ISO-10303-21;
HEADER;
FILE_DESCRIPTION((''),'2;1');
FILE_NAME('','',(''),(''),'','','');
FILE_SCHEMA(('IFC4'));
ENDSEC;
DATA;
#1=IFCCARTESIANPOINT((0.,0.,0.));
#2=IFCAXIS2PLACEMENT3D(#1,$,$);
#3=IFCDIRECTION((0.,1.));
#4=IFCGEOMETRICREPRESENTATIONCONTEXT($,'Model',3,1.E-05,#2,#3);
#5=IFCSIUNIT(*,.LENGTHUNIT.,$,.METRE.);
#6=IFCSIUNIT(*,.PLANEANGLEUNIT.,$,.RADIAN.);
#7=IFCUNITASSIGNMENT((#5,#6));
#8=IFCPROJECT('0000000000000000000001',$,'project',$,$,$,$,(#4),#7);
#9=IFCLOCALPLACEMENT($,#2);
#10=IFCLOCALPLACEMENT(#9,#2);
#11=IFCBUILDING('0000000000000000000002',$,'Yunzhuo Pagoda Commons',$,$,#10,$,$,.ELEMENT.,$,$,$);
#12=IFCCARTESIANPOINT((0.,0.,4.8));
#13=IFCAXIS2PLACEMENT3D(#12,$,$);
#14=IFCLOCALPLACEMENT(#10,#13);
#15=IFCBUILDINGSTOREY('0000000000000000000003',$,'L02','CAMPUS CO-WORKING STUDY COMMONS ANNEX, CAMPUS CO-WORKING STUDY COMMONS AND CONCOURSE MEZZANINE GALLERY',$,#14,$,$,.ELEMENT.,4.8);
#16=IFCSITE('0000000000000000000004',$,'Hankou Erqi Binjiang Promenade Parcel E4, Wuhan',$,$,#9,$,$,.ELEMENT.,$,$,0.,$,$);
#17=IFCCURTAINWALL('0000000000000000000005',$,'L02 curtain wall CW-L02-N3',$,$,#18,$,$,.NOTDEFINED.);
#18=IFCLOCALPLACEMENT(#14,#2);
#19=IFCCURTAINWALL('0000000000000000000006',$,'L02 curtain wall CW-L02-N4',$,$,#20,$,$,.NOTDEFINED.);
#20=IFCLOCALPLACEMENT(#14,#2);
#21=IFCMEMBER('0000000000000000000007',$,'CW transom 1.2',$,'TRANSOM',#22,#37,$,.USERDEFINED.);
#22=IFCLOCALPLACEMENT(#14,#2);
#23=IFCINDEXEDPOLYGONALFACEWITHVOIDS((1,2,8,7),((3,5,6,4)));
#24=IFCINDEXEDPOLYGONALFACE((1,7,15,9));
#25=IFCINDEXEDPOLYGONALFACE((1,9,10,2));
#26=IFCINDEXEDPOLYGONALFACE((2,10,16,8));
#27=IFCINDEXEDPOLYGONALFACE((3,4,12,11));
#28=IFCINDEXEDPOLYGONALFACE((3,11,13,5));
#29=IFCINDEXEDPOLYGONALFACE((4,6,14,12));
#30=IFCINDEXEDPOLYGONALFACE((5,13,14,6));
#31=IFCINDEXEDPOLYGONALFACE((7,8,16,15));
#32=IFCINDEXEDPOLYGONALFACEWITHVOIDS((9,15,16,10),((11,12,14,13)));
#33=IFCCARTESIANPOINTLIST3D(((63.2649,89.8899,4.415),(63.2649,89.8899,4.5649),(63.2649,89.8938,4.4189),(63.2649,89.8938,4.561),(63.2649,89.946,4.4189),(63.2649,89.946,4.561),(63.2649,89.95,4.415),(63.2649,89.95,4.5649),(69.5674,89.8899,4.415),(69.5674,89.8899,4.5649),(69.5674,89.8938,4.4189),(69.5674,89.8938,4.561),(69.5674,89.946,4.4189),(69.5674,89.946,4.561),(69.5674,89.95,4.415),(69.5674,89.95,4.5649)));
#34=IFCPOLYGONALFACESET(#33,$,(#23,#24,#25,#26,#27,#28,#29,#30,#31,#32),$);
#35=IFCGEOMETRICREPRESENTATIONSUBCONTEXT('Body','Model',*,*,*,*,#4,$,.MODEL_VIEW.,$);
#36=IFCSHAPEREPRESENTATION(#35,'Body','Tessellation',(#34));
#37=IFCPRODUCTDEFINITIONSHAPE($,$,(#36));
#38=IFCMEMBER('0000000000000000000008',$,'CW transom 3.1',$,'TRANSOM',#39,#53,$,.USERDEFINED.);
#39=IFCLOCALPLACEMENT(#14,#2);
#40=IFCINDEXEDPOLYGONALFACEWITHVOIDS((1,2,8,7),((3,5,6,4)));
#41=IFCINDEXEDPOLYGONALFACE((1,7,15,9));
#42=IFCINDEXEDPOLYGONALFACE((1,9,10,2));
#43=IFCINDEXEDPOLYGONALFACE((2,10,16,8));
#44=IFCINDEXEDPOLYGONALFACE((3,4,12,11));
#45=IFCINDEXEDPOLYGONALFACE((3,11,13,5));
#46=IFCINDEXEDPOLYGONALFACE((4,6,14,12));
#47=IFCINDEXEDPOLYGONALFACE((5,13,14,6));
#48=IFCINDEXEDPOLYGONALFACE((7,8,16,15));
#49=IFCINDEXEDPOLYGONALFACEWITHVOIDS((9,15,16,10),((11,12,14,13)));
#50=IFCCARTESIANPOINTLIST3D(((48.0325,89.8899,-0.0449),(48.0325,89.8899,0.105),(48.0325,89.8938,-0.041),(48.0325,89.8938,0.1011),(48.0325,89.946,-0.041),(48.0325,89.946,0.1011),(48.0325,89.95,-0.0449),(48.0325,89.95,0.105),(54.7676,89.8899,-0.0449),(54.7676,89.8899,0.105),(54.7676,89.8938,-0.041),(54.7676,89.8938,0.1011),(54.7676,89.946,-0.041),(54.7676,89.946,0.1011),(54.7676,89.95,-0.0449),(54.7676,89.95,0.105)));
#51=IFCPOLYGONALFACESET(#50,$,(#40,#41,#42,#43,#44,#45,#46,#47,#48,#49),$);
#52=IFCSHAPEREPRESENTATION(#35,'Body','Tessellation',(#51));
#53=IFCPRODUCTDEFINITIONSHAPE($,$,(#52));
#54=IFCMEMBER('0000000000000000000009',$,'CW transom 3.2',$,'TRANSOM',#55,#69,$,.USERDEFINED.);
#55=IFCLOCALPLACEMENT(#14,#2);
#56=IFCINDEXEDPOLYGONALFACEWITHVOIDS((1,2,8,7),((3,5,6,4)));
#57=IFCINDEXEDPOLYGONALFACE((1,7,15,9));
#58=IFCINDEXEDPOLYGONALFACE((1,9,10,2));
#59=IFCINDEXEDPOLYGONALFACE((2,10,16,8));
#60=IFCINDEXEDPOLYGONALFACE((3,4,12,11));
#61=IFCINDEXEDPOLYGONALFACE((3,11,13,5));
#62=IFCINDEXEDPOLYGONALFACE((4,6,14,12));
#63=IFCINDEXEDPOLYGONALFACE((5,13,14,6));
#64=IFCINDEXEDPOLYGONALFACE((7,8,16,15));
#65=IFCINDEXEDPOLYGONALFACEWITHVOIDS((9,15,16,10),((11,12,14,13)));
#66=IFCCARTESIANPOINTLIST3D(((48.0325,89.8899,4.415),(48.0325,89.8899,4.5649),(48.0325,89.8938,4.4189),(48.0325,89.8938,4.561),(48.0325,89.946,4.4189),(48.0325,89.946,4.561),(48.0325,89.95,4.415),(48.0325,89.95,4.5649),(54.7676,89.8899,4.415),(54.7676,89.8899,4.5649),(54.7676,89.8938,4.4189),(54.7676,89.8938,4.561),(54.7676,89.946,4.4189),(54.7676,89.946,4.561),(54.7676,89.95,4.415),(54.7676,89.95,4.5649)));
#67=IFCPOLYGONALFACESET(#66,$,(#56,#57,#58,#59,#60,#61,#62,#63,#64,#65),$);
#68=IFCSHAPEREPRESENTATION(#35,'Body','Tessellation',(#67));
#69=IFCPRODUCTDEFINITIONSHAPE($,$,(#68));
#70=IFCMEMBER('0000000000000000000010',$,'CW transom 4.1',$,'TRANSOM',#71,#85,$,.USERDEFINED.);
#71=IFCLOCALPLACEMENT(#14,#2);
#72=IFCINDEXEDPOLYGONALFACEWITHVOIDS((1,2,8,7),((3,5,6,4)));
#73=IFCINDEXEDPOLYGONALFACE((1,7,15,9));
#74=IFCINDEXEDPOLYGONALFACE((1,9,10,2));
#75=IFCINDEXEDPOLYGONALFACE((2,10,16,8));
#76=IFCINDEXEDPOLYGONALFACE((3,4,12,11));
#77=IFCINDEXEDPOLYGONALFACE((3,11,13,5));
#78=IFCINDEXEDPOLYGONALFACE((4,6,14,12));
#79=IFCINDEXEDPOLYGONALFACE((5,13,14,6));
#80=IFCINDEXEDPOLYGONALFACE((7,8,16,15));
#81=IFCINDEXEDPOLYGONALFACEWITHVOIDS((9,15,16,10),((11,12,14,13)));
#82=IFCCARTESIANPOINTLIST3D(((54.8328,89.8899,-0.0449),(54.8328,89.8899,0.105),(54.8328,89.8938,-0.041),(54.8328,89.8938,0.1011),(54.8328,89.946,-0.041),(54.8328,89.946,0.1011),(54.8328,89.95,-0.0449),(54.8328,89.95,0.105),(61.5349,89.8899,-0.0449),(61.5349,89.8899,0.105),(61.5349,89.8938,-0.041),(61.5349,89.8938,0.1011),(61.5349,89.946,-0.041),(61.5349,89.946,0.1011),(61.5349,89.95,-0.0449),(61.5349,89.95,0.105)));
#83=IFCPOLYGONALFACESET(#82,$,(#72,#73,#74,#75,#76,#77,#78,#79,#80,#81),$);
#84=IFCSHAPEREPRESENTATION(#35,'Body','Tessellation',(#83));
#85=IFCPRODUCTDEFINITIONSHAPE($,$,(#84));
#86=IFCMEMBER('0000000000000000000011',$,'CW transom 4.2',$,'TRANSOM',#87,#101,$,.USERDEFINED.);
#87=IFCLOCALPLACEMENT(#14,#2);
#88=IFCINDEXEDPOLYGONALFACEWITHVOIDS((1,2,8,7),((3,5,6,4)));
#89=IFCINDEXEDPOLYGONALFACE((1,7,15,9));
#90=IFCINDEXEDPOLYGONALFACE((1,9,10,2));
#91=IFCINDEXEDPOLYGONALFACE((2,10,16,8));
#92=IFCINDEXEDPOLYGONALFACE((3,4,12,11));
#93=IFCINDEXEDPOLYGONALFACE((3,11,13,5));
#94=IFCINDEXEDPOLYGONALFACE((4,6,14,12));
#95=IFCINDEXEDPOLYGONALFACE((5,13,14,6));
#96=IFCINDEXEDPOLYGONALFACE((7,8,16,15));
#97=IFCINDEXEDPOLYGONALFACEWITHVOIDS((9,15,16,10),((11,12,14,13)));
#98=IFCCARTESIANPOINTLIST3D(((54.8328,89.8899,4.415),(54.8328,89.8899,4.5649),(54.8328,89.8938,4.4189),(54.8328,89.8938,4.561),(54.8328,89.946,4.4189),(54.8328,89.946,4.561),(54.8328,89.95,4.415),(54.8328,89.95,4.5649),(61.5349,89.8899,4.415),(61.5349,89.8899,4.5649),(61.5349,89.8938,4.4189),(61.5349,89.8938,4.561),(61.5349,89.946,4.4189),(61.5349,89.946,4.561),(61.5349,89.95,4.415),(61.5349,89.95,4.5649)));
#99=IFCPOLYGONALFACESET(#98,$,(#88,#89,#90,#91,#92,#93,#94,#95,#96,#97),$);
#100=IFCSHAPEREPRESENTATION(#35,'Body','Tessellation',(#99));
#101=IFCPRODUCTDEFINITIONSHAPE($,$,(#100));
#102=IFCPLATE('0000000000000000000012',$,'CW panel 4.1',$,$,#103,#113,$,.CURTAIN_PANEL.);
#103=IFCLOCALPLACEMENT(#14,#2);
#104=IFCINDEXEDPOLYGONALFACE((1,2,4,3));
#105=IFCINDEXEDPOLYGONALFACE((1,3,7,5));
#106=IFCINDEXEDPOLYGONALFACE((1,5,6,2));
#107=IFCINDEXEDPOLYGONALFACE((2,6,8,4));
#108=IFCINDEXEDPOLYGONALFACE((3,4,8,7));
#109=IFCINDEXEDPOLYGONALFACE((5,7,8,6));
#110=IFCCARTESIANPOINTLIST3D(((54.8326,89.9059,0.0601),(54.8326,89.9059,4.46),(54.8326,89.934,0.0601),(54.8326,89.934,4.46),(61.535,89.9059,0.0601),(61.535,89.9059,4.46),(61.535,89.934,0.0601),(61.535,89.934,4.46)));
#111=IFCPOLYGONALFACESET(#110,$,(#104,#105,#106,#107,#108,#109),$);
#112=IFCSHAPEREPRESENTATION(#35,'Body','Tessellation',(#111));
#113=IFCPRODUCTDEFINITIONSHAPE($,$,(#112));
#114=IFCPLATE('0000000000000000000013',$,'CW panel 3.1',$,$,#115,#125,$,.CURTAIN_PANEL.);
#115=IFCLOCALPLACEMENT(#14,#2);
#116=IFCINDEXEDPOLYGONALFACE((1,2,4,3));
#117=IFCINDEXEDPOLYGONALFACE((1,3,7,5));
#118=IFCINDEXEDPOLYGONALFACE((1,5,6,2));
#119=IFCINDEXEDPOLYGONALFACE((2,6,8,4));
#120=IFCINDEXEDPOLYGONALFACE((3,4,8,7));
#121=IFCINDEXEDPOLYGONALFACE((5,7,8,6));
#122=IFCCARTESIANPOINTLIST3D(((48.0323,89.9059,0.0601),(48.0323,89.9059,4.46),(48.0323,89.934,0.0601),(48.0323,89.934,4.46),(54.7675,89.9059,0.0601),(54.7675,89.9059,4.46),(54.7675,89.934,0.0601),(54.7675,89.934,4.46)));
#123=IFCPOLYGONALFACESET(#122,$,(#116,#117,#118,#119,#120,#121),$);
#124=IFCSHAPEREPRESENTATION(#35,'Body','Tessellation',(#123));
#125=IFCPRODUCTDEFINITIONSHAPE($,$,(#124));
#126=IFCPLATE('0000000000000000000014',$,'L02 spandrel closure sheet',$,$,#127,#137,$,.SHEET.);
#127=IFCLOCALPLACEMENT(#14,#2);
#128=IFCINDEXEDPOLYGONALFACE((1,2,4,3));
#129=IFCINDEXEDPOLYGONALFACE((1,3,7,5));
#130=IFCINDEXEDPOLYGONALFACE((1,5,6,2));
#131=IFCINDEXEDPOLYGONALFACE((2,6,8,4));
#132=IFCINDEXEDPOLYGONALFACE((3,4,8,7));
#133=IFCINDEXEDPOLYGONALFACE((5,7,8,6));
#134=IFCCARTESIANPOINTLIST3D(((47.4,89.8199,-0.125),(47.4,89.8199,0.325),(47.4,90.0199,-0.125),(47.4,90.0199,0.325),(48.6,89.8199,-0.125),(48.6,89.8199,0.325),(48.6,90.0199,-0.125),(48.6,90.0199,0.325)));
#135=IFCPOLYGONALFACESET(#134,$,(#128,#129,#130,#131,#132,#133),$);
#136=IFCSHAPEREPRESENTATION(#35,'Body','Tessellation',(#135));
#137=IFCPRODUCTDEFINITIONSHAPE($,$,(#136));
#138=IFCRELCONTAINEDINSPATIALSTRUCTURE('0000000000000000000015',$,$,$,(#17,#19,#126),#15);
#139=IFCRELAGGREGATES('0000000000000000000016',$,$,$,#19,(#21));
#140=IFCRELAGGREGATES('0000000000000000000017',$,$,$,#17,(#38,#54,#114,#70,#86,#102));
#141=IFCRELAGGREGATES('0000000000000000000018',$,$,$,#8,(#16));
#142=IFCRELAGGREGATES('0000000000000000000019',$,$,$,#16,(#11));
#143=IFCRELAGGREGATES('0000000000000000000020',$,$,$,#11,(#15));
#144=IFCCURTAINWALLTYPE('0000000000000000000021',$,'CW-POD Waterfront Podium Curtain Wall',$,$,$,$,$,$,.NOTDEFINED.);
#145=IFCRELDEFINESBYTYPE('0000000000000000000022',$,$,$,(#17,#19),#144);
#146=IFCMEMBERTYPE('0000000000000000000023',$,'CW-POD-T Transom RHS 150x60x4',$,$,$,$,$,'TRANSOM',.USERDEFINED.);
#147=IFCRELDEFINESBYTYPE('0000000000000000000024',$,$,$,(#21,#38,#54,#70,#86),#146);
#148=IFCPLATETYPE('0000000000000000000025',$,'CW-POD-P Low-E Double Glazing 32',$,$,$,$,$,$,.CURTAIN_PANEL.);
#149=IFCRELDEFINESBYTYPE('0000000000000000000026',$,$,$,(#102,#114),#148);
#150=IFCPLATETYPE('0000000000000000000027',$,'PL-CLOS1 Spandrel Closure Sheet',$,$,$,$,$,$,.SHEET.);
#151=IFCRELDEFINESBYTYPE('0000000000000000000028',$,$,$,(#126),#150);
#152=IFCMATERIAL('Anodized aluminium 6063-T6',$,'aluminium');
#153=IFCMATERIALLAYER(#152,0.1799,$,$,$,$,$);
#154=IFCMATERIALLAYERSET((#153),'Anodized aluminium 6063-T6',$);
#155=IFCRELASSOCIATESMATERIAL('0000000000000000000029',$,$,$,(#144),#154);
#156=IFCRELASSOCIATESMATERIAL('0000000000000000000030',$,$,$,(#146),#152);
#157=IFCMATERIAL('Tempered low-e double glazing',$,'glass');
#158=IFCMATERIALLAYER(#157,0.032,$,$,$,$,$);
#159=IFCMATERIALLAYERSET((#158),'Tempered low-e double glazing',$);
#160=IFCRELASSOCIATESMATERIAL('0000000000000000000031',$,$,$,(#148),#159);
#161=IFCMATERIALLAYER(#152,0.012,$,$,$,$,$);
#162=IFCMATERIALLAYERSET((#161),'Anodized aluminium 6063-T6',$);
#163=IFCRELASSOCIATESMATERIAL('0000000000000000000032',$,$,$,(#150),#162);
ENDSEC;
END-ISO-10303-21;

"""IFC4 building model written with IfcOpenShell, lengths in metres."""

from ifc_helpers import new_model, si_unit, direction, frame, origin, origin_2d, place, context, subcontext, project, spatial, rectangle, hollow_rectangle, extrude, source, transform, mapped, material, layer, layer_set, material_profile, profile_set, type_object, element, aggregate, save


model = new_model("IFC4")

# Units and contexts
model_context = context("Model", 3, precision=1e-05, world=origin(), true_north=direction((0.0, 1.0)))
body_context = subcontext(model_context, "Body", "Model", "MODEL_VIEW")
ifc_project = project(units=[si_unit("LENGTHUNIT", "METRE"), si_unit("PLANEANGLEUNIT", "RADIAN")], contexts=[model_context])

# Site, building, storey
site_placement = place(None, origin())
site = spatial("IfcSite", under=ifc_project, at=site_placement, Name="Hankou Erqi Binjiang Promenade Parcel E4, Wuhan", CompositionType="ELEMENT", RefElevation=0.0)
building_placement = place(site_placement, origin())
building = spatial("IfcBuilding", under=site, at=building_placement, Name="Yunzhuo Pagoda Commons", CompositionType="ELEMENT")
storey_placement = place(building_placement, frame((0.0, 0.0, 4.8)))
storey = spatial("IfcBuildingStorey", under=building, at=storey_placement, Name="L02", Description="CAMPUS CO-WORKING STUDY COMMONS ANNEX, CAMPUS CO-WORKING STUDY COMMONS AND CONCOURSE MEZZANINE GALLERY", CompositionType="ELEMENT", Elevation=4.8)

# Curtain walls, member
ifc_material_1 = material(Name="Anodized aluminium 6063-T6", Category="aluminium")
ifc_layer_1 = layer(ifc_material_1, 0.1799)
ifc_layer_set_1 = layer_set([ifc_layer_1], Name="Anodized aluminium 6063-T6")
curtain_wall_type = type_object("IfcCurtainWallType", Name="CW-POD Waterfront Podium Curtain Wall", PredefinedType="NOTDEFINED", material=ifc_layer_set_1)
curtain_wall_1_placement = place(storey_placement, origin())
curtain_wall_1 = element("IfcCurtainWall", 1, at=curtain_wall_1_placement, inside=storey, type_object=curtain_wall_type, Name="L02 curtain wall CW-L02-N3", PredefinedType="NOTDEFINED")
curtain_wall_2_placement = place(storey_placement, origin())
curtain_wall_2 = element("IfcCurtainWall", 2, at=curtain_wall_2_placement, inside=storey, type_object=curtain_wall_type, Name="L02 curtain wall CW-L02-N4", PredefinedType="NOTDEFINED")
ifc_material_profile_1 = material_profile(ifc_material_1, hollow_rectangle(XDim=0.0601, YDim=0.1499, WallThickness=0.0039, at=origin_2d()), Name="Anodized aluminium 6063-T6")
ifc_profile_set_1 = profile_set([ifc_material_profile_1], Name="Anodized aluminium 6063-T6")
member_type_1 = type_object("IfcMemberType", Name="CW-POD-T Transom RHS 150x60x4", ElementType="TRANSOM", PredefinedType="USERDEFINED", material=ifc_profile_set_1)
shared_shape_1 = source(origin(), body_context, "Body", "SweptSolid", [
    extrude(hollow_rectangle(XDim=0.0601, YDim=0.1499, WallThickness=0.0039, at=origin_2d()), origin(), (0.0, 0.0, 1.0), 6.3025),
])
member_1_placement = place(storey_placement, frame((63.2649, 89.9199, 4.49), z_axis=(1.0, 0.0, 0.0), x_axis=(0.0, 1.0, 0.0)))
member_1 = element("IfcMember", 3, at=member_1_placement, type_object=member_type_1, Name="CW transom 1.2", ObjectType="TRANSOM", PredefinedType="USERDEFINED", context=body_context, shape_type="MappedRepresentation", body=[
    mapped(shared_shape_1, transform((0.0, 0.0, 0.0), scale=1.0)),
])
aggregate(curtain_wall_2, [member_1])

# Members
shared_shape_2 = source(origin(), body_context, "Body", "SweptSolid", [
    extrude(hollow_rectangle(XDim=0.0601, YDim=0.1499, WallThickness=0.0039, at=origin_2d()), origin(), (0.0, 0.0, 1.0), 6.7351),
])
member_2_placement = place(storey_placement, frame((48.0325, 89.9199, 0.03), z_axis=(1.0, 0.0, 0.0), x_axis=(0.0, 1.0, 0.0)))
member_2 = element("IfcMember", 4, at=member_2_placement, type_object=member_type_1, Name="CW transom 3.1", ObjectType="TRANSOM", PredefinedType="USERDEFINED", context=body_context, shape_type="MappedRepresentation", body=[
    mapped(shared_shape_2, transform((0.0, 0.0, 0.0), scale=1.0)),
])
member_3_placement = place(storey_placement, frame((48.0325, 89.9199, 4.49), z_axis=(1.0, 0.0, 0.0), x_axis=(0.0, 1.0, 0.0)))
member_3 = element("IfcMember", 5, at=member_3_placement, type_object=member_type_1, Name="CW transom 3.2", ObjectType="TRANSOM", PredefinedType="USERDEFINED", context=body_context, shape_type="MappedRepresentation", body=[
    mapped(shared_shape_2, transform((0.0, 0.0, 0.0), scale=1.0)),
])
shared_shape_3 = source(origin(), body_context, "Body", "SweptSolid", [
    extrude(hollow_rectangle(XDim=0.0601, YDim=0.1499, WallThickness=0.0039, at=origin_2d()), origin(), (0.0, 0.0, 1.0), 6.7021),
])
member_4_placement = place(storey_placement, frame((54.8328, 89.9199, 0.03), z_axis=(1.0, 0.0, 0.0), x_axis=(0.0, 1.0, 0.0)))
member_4 = element("IfcMember", 6, at=member_4_placement, type_object=member_type_1, Name="CW transom 4.1", ObjectType="TRANSOM", PredefinedType="USERDEFINED", context=body_context, shape_type="MappedRepresentation", body=[
    mapped(shared_shape_3, transform((0.0, 0.0, 0.0), scale=1.0)),
])
member_5_placement = place(storey_placement, frame((54.8328, 89.9199, 4.49), z_axis=(1.0, 0.0, 0.0), x_axis=(0.0, 1.0, 0.0)))
member_5 = element("IfcMember", 7, at=member_5_placement, type_object=member_type_1, Name="CW transom 4.2", ObjectType="TRANSOM", PredefinedType="USERDEFINED", context=body_context, shape_type="MappedRepresentation", body=[
    mapped(shared_shape_3, transform((0.0, 0.0, 0.0), scale=1.0)),
])

# Plates
ifc_material_2 = material(Name="Tempered low-e double glazing", Category="glass")
ifc_layer_2 = layer(ifc_material_2, 0.032)
ifc_layer_set_2 = layer_set([ifc_layer_2], Name="Tempered low-e double glazing")
plate_type_1 = type_object("IfcPlateType", Name="CW-POD-P Low-E Double Glazing 32", PredefinedType="CURTAIN_PANEL", material=ifc_layer_set_2)
shared_shape_4 = source(origin(), body_context, "Body", "SweptSolid", [
    extrude(rectangle(XDim=6.7024, YDim=0.0281, at=origin_2d()), origin(), (0.0, 0.0, 1.0), 4.3999),
])
plate_1_placement = place(storey_placement, frame((58.1838, 89.9199, 0.0601), z_axis=(0.0, 0.0, 1.0), x_axis=(1.0, 0.0, 0.0)))
plate_1 = element("IfcPlate", 8, at=plate_1_placement, type_object=plate_type_1, Name="CW panel 4.1", PredefinedType="CURTAIN_PANEL", context=body_context, shape_type="MappedRepresentation", body=[
    mapped(shared_shape_4, transform((0.0, 0.0, 0.0), scale=1.0)),
])
shared_shape_5 = source(origin(), body_context, "Body", "SweptSolid", [
    extrude(rectangle(XDim=6.7351, YDim=0.0281, at=origin_2d()), origin(), (0.0, 0.0, 1.0), 4.3999),
])
plate_2_placement = place(storey_placement, frame((51.3999, 89.9199, 0.0601), z_axis=(0.0, 0.0, 1.0), x_axis=(1.0, 0.0, 0.0)))
plate_2 = element("IfcPlate", 9, at=plate_2_placement, type_object=plate_type_1, Name="CW panel 3.1", PredefinedType="CURTAIN_PANEL", context=body_context, shape_type="MappedRepresentation", body=[
    mapped(shared_shape_5, transform((0.0, 0.0, 0.0), scale=1.0)),
])
aggregate(curtain_wall_1, [member_2, member_3, plate_2, member_4, member_5, plate_1])
ifc_layer_3 = layer(ifc_material_1, 0.012)
ifc_layer_set_3 = layer_set([ifc_layer_3], Name="Anodized aluminium 6063-T6")
plate_type_2 = type_object("IfcPlateType", Name="PL-CLOS1 Spandrel Closure Sheet", PredefinedType="SHEET", material=ifc_layer_set_3)
shared_shape_6 = source(origin(), body_context, "Body", "SweptSolid", [
    extrude(rectangle(XDim=1.2, YDim=0.2, at=origin_2d()), origin(), (0.0, 0.0, 1.0), 0.45),
])
plate_3_placement = place(storey_placement, frame((48.0, 89.9199, -0.125), z_axis=(0.0, 0.0, 1.0), x_axis=(1.0, 0.0, 0.0)))
element("IfcPlate", 10, at=plate_3_placement, inside=storey, type_object=plate_type_2, Name="L02 spandrel closure sheet", PredefinedType="SHEET", context=body_context, shape_type="MappedRepresentation", body=[
    mapped(shared_shape_6, transform((0.0, 0.0, 0.0), scale=1.0)),
])

save(model, "model.ifc")
